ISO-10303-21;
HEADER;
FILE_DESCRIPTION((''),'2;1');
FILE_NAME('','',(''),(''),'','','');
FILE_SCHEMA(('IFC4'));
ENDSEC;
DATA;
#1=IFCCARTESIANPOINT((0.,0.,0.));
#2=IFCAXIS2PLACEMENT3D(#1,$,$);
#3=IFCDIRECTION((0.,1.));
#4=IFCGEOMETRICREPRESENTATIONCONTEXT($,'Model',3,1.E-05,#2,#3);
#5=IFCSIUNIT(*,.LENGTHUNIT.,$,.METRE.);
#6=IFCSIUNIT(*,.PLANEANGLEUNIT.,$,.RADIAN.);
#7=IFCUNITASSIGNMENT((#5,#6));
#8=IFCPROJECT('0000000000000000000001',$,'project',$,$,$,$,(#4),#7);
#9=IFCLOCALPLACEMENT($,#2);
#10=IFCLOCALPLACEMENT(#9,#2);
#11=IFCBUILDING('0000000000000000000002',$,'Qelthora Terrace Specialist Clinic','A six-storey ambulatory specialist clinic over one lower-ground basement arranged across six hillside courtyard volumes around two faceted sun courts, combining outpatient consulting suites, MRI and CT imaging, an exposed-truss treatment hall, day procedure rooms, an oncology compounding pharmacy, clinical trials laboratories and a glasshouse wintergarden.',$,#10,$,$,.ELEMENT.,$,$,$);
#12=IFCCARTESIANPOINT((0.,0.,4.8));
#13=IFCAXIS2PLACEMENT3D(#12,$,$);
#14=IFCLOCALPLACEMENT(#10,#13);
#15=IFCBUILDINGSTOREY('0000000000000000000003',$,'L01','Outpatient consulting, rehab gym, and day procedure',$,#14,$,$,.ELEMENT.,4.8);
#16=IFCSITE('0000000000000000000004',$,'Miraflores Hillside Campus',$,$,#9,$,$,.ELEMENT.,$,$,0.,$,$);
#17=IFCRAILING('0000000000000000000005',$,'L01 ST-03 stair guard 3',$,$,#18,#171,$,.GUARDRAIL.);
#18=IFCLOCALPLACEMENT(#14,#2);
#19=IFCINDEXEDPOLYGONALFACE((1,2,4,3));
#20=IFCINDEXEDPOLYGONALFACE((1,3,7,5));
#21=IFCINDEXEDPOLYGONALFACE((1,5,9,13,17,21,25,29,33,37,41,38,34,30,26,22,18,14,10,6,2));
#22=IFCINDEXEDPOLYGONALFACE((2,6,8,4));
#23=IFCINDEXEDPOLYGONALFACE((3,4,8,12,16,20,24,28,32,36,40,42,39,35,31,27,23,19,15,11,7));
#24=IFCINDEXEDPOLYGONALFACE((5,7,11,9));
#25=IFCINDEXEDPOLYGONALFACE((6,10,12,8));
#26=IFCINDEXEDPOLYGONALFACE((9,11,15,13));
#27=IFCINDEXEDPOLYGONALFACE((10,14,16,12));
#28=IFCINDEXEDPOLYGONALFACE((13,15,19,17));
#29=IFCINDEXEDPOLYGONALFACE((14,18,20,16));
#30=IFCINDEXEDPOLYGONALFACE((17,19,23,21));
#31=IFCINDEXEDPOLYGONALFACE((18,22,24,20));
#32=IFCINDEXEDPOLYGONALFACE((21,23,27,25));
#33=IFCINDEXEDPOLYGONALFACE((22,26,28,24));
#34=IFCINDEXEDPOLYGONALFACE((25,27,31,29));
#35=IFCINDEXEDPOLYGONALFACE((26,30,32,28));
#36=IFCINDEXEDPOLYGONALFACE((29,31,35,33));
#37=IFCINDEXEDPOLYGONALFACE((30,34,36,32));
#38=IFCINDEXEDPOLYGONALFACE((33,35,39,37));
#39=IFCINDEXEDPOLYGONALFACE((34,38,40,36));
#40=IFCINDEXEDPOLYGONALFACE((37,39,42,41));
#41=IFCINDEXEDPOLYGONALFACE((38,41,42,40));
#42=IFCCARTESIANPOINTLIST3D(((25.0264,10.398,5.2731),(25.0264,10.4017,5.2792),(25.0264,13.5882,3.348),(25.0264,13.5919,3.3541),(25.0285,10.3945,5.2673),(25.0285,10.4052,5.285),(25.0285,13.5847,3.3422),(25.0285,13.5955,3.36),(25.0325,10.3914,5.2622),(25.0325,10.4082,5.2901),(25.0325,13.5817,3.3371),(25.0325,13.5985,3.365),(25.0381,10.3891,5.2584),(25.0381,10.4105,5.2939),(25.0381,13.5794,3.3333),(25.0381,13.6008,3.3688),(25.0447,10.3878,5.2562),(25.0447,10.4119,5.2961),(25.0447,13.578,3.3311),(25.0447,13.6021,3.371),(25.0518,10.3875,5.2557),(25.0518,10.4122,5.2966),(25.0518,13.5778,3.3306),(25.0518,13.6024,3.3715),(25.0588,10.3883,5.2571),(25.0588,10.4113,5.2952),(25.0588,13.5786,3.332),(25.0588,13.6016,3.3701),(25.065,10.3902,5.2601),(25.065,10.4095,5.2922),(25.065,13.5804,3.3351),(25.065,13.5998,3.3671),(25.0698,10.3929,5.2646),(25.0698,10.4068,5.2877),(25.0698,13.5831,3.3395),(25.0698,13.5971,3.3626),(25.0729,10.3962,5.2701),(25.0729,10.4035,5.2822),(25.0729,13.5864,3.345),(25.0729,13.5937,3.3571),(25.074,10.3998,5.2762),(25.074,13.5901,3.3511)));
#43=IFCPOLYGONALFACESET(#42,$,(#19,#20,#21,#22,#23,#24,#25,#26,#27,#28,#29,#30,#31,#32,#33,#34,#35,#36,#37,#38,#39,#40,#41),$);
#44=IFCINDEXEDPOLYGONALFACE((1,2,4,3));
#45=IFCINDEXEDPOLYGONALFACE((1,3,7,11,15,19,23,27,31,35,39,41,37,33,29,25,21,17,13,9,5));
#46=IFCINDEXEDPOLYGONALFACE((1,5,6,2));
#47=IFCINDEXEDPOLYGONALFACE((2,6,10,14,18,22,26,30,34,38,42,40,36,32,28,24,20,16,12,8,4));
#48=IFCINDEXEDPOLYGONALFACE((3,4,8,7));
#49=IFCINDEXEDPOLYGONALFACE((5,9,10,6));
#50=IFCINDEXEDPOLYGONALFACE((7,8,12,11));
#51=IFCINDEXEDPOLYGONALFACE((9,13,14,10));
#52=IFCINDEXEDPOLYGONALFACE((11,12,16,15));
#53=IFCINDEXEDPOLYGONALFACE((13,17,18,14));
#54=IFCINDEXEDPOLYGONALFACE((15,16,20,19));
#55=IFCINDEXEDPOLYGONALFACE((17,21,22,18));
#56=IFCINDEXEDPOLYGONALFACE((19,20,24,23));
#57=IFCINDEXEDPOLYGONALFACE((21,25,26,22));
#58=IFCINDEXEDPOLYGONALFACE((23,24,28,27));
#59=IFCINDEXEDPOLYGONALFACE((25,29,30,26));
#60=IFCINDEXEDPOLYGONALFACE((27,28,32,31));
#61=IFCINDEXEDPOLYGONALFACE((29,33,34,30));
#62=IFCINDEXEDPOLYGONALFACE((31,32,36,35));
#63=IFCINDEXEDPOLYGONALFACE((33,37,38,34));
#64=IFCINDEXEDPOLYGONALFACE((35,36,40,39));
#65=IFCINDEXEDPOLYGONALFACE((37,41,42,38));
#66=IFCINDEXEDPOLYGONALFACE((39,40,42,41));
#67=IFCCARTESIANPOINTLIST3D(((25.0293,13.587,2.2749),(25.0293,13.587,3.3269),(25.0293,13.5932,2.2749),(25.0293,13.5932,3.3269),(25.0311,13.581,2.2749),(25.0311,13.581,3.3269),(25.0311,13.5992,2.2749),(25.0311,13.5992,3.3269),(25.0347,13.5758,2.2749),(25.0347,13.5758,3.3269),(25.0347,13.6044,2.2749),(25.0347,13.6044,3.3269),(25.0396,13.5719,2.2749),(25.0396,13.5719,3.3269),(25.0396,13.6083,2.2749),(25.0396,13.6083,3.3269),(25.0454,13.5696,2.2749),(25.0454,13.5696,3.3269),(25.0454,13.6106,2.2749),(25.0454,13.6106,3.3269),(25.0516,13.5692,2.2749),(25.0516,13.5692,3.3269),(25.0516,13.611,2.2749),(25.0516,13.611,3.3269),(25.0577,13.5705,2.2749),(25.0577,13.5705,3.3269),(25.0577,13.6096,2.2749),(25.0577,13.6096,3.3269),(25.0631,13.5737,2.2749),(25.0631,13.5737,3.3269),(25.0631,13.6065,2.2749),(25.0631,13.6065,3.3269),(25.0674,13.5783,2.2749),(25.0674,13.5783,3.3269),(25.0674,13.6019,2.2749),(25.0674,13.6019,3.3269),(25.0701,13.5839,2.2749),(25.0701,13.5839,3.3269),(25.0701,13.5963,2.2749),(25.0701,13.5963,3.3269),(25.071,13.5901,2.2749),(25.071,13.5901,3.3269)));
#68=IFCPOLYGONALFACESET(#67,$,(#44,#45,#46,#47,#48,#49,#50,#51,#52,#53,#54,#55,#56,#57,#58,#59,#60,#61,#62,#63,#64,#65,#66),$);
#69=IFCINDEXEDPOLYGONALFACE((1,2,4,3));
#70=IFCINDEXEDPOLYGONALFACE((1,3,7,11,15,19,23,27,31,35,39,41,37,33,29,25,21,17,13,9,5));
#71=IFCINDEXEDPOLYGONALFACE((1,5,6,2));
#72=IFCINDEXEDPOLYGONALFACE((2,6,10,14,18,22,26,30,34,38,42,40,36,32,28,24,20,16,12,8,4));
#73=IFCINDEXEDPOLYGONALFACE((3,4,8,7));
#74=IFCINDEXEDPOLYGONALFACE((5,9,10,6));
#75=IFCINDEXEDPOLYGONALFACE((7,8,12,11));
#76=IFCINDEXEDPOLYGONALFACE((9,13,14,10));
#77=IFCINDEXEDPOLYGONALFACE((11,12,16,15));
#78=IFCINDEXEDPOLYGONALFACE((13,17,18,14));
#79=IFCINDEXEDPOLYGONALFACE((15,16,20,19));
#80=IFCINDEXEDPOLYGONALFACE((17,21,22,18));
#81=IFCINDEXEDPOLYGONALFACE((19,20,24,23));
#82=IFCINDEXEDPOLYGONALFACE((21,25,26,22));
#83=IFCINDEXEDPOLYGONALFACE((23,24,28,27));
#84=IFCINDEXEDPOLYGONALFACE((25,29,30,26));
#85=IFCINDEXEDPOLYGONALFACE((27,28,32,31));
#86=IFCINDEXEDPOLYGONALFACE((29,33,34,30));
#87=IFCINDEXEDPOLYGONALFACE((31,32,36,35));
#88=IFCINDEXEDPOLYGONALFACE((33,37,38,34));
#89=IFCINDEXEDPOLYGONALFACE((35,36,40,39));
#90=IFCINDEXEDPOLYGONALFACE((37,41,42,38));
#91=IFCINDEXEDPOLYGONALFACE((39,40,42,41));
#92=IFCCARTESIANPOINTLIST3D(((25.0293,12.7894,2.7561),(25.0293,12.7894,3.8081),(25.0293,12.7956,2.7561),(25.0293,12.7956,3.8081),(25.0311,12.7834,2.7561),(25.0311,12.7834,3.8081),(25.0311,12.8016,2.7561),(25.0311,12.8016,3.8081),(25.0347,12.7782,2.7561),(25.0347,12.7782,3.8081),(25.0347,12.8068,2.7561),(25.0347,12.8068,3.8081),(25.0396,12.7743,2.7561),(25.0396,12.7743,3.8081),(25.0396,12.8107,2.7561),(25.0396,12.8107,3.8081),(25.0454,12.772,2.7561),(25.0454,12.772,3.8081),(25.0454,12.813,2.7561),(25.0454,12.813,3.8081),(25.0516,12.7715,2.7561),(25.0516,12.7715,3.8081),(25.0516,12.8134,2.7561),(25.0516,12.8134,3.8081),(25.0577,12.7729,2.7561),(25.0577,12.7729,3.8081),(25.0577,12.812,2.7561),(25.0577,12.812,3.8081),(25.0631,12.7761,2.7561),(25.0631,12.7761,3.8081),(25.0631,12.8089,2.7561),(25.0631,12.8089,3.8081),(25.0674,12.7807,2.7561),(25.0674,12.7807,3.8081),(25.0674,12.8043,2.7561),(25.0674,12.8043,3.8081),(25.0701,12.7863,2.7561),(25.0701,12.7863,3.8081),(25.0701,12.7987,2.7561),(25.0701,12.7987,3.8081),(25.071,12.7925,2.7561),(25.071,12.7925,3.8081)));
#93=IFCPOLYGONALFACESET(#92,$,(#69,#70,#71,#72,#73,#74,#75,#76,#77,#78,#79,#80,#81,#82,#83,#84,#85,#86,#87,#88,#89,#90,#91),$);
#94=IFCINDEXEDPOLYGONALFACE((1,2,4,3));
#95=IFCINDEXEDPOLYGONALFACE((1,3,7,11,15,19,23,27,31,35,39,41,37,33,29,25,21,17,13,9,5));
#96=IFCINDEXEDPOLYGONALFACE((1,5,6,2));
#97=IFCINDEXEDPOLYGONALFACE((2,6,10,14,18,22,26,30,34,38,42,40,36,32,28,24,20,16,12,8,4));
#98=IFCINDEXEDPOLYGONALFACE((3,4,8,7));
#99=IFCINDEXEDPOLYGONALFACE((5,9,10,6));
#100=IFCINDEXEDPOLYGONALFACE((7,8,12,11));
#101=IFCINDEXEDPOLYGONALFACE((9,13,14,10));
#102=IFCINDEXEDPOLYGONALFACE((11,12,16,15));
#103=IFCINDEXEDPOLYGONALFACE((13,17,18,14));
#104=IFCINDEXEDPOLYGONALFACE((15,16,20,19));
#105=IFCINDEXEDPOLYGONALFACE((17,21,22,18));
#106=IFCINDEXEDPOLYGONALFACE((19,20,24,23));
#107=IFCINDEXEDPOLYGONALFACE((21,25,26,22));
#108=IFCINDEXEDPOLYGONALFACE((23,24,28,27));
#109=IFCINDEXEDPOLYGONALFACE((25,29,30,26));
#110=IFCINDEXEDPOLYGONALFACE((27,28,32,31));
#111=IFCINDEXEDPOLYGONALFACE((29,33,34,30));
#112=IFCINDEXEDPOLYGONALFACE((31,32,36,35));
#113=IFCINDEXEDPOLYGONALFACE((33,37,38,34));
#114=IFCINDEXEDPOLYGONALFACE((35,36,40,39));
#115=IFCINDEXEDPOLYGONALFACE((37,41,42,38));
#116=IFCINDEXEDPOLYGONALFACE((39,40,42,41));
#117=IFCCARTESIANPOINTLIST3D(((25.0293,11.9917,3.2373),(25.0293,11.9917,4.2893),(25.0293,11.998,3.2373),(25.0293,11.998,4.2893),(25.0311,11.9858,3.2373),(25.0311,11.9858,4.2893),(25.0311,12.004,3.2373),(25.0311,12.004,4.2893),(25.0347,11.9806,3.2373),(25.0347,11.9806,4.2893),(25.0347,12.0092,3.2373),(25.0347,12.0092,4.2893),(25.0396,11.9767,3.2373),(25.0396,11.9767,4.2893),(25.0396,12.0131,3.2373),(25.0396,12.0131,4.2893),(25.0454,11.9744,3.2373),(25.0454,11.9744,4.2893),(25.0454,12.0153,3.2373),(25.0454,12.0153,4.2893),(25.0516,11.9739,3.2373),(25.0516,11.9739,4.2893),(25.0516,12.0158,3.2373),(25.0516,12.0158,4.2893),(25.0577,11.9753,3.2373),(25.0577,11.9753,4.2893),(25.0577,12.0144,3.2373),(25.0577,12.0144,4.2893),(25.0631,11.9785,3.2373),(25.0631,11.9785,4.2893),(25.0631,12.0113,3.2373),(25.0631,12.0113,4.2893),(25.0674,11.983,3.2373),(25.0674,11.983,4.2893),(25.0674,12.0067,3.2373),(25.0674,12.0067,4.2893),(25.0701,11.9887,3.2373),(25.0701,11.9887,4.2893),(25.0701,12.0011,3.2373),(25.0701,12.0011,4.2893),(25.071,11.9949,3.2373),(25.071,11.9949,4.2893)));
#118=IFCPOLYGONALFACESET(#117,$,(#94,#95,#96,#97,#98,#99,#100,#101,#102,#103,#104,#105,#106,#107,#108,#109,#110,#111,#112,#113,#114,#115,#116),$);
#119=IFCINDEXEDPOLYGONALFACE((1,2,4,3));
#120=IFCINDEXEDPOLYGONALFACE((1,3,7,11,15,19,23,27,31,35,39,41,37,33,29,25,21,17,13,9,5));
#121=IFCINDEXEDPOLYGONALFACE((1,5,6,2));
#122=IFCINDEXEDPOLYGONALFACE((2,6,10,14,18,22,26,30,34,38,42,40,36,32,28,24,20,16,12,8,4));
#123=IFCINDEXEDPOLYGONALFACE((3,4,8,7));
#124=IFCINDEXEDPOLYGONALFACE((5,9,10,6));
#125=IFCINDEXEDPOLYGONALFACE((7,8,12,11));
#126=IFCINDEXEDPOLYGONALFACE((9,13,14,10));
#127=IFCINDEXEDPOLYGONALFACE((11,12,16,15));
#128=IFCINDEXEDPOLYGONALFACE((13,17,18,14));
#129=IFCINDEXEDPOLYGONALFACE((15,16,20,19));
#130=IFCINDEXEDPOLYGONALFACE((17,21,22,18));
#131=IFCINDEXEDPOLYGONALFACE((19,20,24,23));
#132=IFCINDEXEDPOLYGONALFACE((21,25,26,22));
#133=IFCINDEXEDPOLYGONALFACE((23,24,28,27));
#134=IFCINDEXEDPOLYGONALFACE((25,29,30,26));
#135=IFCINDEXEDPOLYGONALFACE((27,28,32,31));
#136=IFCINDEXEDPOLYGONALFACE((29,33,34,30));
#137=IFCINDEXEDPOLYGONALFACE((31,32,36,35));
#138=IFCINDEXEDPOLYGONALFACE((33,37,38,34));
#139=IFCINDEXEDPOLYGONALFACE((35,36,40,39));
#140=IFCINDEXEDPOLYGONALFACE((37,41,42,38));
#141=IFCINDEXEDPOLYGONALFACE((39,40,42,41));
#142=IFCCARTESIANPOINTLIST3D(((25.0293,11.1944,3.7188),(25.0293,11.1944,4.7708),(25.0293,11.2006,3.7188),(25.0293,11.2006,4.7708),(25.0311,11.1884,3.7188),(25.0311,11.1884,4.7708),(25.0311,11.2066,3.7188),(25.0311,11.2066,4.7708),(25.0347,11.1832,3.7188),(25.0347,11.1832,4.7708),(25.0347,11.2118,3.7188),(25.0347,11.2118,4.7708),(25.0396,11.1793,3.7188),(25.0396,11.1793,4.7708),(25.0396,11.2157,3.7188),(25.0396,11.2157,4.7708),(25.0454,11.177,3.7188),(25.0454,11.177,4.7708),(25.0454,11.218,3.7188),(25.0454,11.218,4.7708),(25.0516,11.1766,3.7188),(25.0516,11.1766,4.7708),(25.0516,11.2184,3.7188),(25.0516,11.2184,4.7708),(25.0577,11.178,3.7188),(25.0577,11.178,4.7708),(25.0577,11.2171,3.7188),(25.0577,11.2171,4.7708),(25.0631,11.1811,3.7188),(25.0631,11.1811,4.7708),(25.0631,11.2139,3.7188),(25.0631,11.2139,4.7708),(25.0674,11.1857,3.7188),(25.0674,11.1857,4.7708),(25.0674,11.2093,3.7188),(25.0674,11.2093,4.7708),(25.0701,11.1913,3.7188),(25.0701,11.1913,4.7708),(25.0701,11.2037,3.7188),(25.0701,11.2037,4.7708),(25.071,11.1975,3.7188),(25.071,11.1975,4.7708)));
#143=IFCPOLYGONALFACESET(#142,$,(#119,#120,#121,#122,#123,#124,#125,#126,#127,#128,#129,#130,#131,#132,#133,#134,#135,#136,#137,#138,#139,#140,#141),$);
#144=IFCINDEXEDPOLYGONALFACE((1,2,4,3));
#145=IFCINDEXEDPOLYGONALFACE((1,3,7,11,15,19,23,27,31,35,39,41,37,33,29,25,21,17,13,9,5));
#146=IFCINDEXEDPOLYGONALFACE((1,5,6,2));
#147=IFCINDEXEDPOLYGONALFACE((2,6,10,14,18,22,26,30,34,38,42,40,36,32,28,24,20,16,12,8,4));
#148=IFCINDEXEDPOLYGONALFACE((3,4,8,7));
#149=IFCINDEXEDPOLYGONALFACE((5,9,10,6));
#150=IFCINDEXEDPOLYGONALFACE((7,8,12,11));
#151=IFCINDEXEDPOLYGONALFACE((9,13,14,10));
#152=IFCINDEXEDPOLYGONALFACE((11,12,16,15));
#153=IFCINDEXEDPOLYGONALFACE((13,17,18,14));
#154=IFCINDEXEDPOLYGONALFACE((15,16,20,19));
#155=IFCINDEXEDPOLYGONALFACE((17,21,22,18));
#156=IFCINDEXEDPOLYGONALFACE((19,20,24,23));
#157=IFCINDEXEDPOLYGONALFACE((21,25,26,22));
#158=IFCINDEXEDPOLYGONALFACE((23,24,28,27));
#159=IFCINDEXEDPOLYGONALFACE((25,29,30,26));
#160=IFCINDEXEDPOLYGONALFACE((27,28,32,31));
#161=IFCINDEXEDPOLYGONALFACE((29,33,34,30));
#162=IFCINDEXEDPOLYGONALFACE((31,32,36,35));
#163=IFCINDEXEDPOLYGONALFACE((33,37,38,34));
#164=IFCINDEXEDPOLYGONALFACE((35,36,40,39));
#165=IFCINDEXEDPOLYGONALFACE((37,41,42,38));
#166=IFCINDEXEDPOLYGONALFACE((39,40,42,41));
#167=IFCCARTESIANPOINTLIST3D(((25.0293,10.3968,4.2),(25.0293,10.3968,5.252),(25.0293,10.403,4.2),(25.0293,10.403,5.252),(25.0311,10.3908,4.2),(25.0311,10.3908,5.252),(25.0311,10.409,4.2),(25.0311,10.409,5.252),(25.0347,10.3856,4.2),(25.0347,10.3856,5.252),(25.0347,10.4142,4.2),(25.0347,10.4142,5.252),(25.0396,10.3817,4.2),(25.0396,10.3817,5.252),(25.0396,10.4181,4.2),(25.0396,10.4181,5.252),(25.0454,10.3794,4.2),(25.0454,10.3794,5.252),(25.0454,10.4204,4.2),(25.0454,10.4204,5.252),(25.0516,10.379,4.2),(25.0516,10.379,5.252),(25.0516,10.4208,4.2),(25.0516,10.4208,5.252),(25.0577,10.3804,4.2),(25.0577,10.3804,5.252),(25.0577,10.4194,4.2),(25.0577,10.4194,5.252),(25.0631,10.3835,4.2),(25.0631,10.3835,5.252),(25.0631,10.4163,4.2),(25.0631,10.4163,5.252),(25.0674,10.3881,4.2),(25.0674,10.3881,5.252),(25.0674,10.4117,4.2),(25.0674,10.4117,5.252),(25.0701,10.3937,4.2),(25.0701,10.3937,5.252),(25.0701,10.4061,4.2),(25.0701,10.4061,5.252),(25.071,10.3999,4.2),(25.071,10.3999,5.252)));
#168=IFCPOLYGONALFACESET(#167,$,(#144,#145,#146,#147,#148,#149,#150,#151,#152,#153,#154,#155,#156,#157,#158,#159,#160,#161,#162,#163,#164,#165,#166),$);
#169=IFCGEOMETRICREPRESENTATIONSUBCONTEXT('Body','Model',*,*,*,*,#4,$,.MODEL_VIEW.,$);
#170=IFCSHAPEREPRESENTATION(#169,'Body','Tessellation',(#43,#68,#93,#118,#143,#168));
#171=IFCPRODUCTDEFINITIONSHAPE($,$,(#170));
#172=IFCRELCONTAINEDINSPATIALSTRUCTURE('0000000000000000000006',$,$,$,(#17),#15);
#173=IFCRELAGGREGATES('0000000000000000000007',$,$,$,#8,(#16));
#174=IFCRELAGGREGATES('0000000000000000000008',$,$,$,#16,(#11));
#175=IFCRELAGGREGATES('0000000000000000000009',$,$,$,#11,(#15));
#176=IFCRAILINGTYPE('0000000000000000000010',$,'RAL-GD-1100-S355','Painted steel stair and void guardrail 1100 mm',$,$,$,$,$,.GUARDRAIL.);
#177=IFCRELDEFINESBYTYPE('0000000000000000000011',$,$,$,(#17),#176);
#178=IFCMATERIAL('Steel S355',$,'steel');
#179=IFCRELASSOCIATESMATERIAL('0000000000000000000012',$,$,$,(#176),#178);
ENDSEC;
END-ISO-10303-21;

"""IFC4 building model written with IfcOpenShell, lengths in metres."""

from ifc_helpers import new_model, si_unit, direction, frame, origin, origin_2d, place, context, subcontext, project, spatial, circle, extrude, material, type_object, element, save


model = new_model("IFC4")

# Units and contexts
model_context = context("Model", 3, precision=1e-05, world=origin(), true_north=direction((0.0, 1.0)))
body_context = subcontext(model_context, "Body", "Model", "MODEL_VIEW")
ifc_project = project(units=[si_unit("LENGTHUNIT", "METRE"), si_unit("PLANEANGLEUNIT", "RADIAN")], contexts=[model_context])

# Site, building, storey
site_placement = place(None, origin())
site = spatial("IfcSite", under=ifc_project, at=site_placement, Name="Miraflores Hillside Campus", CompositionType="ELEMENT", RefElevation=0.0)
building_placement = place(site_placement, origin())
building = spatial("IfcBuilding", under=site, at=building_placement, Name="Qelthora Terrace Specialist Clinic", Description="A six-storey ambulatory specialist clinic over one lower-ground basement arranged across six hillside courtyard volumes around two faceted sun courts, combining outpatient consulting suites, MRI and CT imaging, an exposed-truss treatment hall, day procedure rooms, an oncology compounding pharmacy, clinical trials laboratories and a glasshouse wintergarden.", CompositionType="ELEMENT")
storey_placement = place(building_placement, frame((0.0, 0.0, 4.8)))
storey = spatial("IfcBuildingStorey", under=building, at=storey_placement, Name="L01", Description="Outpatient consulting, rehab gym, and day procedure", CompositionType="ELEMENT", Elevation=4.8)

# Shared definitions
ifc_material_1 = material(Name="Steel S355", Category="steel")

# Railing
railing_type_1 = type_object("IfcRailingType", Name="RAL-GD-1100-S355", Description="Painted steel stair and void guardrail 1100 mm", PredefinedType="GUARDRAIL", material=ifc_material_1)
railing_1_placement = place(storey_placement, frame((25.05, 13.5901, 2.2749)))
element("IfcRailing", 1, at=railing_1_placement, inside=storey, type_object=railing_type_1, Name="L01 ST-03 stair guard 3", PredefinedType="GUARDRAIL", context=body_context, shape_type="SweptSolid", body=[
    extrude(circle(Radius=0.0239, at=origin_2d()), frame((0.0, 0.0, 1.0762), z_axis=(0.0, -0.856195, 0.516653), x_axis=(1.0, 0.0, 0.0)), (0.0, 0.0, 1.0), 3.7261),
    extrude(circle(Radius=0.021, at=origin_2d()), origin(), (0.0, 0.0, 1.0), 1.052),
    extrude(circle(Radius=0.021, at=origin_2d()), frame((0.0, -0.7976, 0.4812)), (0.0, 0.0, 1.0), 1.052),
    extrude(circle(Radius=0.021, at=origin_2d()), frame((0.0, -1.5952, 0.9624)), (0.0, 0.0, 1.0), 1.052),
    extrude(circle(Radius=0.021, at=origin_2d()), frame((0.0, -2.3926, 1.4438)), (0.0, 0.0, 1.0), 1.052),
    extrude(circle(Radius=0.021, at=origin_2d()), frame((0.0, -3.1902, 1.925)), (0.0, 0.0, 1.0), 1.052),
])

save(model, "model.ifc")
